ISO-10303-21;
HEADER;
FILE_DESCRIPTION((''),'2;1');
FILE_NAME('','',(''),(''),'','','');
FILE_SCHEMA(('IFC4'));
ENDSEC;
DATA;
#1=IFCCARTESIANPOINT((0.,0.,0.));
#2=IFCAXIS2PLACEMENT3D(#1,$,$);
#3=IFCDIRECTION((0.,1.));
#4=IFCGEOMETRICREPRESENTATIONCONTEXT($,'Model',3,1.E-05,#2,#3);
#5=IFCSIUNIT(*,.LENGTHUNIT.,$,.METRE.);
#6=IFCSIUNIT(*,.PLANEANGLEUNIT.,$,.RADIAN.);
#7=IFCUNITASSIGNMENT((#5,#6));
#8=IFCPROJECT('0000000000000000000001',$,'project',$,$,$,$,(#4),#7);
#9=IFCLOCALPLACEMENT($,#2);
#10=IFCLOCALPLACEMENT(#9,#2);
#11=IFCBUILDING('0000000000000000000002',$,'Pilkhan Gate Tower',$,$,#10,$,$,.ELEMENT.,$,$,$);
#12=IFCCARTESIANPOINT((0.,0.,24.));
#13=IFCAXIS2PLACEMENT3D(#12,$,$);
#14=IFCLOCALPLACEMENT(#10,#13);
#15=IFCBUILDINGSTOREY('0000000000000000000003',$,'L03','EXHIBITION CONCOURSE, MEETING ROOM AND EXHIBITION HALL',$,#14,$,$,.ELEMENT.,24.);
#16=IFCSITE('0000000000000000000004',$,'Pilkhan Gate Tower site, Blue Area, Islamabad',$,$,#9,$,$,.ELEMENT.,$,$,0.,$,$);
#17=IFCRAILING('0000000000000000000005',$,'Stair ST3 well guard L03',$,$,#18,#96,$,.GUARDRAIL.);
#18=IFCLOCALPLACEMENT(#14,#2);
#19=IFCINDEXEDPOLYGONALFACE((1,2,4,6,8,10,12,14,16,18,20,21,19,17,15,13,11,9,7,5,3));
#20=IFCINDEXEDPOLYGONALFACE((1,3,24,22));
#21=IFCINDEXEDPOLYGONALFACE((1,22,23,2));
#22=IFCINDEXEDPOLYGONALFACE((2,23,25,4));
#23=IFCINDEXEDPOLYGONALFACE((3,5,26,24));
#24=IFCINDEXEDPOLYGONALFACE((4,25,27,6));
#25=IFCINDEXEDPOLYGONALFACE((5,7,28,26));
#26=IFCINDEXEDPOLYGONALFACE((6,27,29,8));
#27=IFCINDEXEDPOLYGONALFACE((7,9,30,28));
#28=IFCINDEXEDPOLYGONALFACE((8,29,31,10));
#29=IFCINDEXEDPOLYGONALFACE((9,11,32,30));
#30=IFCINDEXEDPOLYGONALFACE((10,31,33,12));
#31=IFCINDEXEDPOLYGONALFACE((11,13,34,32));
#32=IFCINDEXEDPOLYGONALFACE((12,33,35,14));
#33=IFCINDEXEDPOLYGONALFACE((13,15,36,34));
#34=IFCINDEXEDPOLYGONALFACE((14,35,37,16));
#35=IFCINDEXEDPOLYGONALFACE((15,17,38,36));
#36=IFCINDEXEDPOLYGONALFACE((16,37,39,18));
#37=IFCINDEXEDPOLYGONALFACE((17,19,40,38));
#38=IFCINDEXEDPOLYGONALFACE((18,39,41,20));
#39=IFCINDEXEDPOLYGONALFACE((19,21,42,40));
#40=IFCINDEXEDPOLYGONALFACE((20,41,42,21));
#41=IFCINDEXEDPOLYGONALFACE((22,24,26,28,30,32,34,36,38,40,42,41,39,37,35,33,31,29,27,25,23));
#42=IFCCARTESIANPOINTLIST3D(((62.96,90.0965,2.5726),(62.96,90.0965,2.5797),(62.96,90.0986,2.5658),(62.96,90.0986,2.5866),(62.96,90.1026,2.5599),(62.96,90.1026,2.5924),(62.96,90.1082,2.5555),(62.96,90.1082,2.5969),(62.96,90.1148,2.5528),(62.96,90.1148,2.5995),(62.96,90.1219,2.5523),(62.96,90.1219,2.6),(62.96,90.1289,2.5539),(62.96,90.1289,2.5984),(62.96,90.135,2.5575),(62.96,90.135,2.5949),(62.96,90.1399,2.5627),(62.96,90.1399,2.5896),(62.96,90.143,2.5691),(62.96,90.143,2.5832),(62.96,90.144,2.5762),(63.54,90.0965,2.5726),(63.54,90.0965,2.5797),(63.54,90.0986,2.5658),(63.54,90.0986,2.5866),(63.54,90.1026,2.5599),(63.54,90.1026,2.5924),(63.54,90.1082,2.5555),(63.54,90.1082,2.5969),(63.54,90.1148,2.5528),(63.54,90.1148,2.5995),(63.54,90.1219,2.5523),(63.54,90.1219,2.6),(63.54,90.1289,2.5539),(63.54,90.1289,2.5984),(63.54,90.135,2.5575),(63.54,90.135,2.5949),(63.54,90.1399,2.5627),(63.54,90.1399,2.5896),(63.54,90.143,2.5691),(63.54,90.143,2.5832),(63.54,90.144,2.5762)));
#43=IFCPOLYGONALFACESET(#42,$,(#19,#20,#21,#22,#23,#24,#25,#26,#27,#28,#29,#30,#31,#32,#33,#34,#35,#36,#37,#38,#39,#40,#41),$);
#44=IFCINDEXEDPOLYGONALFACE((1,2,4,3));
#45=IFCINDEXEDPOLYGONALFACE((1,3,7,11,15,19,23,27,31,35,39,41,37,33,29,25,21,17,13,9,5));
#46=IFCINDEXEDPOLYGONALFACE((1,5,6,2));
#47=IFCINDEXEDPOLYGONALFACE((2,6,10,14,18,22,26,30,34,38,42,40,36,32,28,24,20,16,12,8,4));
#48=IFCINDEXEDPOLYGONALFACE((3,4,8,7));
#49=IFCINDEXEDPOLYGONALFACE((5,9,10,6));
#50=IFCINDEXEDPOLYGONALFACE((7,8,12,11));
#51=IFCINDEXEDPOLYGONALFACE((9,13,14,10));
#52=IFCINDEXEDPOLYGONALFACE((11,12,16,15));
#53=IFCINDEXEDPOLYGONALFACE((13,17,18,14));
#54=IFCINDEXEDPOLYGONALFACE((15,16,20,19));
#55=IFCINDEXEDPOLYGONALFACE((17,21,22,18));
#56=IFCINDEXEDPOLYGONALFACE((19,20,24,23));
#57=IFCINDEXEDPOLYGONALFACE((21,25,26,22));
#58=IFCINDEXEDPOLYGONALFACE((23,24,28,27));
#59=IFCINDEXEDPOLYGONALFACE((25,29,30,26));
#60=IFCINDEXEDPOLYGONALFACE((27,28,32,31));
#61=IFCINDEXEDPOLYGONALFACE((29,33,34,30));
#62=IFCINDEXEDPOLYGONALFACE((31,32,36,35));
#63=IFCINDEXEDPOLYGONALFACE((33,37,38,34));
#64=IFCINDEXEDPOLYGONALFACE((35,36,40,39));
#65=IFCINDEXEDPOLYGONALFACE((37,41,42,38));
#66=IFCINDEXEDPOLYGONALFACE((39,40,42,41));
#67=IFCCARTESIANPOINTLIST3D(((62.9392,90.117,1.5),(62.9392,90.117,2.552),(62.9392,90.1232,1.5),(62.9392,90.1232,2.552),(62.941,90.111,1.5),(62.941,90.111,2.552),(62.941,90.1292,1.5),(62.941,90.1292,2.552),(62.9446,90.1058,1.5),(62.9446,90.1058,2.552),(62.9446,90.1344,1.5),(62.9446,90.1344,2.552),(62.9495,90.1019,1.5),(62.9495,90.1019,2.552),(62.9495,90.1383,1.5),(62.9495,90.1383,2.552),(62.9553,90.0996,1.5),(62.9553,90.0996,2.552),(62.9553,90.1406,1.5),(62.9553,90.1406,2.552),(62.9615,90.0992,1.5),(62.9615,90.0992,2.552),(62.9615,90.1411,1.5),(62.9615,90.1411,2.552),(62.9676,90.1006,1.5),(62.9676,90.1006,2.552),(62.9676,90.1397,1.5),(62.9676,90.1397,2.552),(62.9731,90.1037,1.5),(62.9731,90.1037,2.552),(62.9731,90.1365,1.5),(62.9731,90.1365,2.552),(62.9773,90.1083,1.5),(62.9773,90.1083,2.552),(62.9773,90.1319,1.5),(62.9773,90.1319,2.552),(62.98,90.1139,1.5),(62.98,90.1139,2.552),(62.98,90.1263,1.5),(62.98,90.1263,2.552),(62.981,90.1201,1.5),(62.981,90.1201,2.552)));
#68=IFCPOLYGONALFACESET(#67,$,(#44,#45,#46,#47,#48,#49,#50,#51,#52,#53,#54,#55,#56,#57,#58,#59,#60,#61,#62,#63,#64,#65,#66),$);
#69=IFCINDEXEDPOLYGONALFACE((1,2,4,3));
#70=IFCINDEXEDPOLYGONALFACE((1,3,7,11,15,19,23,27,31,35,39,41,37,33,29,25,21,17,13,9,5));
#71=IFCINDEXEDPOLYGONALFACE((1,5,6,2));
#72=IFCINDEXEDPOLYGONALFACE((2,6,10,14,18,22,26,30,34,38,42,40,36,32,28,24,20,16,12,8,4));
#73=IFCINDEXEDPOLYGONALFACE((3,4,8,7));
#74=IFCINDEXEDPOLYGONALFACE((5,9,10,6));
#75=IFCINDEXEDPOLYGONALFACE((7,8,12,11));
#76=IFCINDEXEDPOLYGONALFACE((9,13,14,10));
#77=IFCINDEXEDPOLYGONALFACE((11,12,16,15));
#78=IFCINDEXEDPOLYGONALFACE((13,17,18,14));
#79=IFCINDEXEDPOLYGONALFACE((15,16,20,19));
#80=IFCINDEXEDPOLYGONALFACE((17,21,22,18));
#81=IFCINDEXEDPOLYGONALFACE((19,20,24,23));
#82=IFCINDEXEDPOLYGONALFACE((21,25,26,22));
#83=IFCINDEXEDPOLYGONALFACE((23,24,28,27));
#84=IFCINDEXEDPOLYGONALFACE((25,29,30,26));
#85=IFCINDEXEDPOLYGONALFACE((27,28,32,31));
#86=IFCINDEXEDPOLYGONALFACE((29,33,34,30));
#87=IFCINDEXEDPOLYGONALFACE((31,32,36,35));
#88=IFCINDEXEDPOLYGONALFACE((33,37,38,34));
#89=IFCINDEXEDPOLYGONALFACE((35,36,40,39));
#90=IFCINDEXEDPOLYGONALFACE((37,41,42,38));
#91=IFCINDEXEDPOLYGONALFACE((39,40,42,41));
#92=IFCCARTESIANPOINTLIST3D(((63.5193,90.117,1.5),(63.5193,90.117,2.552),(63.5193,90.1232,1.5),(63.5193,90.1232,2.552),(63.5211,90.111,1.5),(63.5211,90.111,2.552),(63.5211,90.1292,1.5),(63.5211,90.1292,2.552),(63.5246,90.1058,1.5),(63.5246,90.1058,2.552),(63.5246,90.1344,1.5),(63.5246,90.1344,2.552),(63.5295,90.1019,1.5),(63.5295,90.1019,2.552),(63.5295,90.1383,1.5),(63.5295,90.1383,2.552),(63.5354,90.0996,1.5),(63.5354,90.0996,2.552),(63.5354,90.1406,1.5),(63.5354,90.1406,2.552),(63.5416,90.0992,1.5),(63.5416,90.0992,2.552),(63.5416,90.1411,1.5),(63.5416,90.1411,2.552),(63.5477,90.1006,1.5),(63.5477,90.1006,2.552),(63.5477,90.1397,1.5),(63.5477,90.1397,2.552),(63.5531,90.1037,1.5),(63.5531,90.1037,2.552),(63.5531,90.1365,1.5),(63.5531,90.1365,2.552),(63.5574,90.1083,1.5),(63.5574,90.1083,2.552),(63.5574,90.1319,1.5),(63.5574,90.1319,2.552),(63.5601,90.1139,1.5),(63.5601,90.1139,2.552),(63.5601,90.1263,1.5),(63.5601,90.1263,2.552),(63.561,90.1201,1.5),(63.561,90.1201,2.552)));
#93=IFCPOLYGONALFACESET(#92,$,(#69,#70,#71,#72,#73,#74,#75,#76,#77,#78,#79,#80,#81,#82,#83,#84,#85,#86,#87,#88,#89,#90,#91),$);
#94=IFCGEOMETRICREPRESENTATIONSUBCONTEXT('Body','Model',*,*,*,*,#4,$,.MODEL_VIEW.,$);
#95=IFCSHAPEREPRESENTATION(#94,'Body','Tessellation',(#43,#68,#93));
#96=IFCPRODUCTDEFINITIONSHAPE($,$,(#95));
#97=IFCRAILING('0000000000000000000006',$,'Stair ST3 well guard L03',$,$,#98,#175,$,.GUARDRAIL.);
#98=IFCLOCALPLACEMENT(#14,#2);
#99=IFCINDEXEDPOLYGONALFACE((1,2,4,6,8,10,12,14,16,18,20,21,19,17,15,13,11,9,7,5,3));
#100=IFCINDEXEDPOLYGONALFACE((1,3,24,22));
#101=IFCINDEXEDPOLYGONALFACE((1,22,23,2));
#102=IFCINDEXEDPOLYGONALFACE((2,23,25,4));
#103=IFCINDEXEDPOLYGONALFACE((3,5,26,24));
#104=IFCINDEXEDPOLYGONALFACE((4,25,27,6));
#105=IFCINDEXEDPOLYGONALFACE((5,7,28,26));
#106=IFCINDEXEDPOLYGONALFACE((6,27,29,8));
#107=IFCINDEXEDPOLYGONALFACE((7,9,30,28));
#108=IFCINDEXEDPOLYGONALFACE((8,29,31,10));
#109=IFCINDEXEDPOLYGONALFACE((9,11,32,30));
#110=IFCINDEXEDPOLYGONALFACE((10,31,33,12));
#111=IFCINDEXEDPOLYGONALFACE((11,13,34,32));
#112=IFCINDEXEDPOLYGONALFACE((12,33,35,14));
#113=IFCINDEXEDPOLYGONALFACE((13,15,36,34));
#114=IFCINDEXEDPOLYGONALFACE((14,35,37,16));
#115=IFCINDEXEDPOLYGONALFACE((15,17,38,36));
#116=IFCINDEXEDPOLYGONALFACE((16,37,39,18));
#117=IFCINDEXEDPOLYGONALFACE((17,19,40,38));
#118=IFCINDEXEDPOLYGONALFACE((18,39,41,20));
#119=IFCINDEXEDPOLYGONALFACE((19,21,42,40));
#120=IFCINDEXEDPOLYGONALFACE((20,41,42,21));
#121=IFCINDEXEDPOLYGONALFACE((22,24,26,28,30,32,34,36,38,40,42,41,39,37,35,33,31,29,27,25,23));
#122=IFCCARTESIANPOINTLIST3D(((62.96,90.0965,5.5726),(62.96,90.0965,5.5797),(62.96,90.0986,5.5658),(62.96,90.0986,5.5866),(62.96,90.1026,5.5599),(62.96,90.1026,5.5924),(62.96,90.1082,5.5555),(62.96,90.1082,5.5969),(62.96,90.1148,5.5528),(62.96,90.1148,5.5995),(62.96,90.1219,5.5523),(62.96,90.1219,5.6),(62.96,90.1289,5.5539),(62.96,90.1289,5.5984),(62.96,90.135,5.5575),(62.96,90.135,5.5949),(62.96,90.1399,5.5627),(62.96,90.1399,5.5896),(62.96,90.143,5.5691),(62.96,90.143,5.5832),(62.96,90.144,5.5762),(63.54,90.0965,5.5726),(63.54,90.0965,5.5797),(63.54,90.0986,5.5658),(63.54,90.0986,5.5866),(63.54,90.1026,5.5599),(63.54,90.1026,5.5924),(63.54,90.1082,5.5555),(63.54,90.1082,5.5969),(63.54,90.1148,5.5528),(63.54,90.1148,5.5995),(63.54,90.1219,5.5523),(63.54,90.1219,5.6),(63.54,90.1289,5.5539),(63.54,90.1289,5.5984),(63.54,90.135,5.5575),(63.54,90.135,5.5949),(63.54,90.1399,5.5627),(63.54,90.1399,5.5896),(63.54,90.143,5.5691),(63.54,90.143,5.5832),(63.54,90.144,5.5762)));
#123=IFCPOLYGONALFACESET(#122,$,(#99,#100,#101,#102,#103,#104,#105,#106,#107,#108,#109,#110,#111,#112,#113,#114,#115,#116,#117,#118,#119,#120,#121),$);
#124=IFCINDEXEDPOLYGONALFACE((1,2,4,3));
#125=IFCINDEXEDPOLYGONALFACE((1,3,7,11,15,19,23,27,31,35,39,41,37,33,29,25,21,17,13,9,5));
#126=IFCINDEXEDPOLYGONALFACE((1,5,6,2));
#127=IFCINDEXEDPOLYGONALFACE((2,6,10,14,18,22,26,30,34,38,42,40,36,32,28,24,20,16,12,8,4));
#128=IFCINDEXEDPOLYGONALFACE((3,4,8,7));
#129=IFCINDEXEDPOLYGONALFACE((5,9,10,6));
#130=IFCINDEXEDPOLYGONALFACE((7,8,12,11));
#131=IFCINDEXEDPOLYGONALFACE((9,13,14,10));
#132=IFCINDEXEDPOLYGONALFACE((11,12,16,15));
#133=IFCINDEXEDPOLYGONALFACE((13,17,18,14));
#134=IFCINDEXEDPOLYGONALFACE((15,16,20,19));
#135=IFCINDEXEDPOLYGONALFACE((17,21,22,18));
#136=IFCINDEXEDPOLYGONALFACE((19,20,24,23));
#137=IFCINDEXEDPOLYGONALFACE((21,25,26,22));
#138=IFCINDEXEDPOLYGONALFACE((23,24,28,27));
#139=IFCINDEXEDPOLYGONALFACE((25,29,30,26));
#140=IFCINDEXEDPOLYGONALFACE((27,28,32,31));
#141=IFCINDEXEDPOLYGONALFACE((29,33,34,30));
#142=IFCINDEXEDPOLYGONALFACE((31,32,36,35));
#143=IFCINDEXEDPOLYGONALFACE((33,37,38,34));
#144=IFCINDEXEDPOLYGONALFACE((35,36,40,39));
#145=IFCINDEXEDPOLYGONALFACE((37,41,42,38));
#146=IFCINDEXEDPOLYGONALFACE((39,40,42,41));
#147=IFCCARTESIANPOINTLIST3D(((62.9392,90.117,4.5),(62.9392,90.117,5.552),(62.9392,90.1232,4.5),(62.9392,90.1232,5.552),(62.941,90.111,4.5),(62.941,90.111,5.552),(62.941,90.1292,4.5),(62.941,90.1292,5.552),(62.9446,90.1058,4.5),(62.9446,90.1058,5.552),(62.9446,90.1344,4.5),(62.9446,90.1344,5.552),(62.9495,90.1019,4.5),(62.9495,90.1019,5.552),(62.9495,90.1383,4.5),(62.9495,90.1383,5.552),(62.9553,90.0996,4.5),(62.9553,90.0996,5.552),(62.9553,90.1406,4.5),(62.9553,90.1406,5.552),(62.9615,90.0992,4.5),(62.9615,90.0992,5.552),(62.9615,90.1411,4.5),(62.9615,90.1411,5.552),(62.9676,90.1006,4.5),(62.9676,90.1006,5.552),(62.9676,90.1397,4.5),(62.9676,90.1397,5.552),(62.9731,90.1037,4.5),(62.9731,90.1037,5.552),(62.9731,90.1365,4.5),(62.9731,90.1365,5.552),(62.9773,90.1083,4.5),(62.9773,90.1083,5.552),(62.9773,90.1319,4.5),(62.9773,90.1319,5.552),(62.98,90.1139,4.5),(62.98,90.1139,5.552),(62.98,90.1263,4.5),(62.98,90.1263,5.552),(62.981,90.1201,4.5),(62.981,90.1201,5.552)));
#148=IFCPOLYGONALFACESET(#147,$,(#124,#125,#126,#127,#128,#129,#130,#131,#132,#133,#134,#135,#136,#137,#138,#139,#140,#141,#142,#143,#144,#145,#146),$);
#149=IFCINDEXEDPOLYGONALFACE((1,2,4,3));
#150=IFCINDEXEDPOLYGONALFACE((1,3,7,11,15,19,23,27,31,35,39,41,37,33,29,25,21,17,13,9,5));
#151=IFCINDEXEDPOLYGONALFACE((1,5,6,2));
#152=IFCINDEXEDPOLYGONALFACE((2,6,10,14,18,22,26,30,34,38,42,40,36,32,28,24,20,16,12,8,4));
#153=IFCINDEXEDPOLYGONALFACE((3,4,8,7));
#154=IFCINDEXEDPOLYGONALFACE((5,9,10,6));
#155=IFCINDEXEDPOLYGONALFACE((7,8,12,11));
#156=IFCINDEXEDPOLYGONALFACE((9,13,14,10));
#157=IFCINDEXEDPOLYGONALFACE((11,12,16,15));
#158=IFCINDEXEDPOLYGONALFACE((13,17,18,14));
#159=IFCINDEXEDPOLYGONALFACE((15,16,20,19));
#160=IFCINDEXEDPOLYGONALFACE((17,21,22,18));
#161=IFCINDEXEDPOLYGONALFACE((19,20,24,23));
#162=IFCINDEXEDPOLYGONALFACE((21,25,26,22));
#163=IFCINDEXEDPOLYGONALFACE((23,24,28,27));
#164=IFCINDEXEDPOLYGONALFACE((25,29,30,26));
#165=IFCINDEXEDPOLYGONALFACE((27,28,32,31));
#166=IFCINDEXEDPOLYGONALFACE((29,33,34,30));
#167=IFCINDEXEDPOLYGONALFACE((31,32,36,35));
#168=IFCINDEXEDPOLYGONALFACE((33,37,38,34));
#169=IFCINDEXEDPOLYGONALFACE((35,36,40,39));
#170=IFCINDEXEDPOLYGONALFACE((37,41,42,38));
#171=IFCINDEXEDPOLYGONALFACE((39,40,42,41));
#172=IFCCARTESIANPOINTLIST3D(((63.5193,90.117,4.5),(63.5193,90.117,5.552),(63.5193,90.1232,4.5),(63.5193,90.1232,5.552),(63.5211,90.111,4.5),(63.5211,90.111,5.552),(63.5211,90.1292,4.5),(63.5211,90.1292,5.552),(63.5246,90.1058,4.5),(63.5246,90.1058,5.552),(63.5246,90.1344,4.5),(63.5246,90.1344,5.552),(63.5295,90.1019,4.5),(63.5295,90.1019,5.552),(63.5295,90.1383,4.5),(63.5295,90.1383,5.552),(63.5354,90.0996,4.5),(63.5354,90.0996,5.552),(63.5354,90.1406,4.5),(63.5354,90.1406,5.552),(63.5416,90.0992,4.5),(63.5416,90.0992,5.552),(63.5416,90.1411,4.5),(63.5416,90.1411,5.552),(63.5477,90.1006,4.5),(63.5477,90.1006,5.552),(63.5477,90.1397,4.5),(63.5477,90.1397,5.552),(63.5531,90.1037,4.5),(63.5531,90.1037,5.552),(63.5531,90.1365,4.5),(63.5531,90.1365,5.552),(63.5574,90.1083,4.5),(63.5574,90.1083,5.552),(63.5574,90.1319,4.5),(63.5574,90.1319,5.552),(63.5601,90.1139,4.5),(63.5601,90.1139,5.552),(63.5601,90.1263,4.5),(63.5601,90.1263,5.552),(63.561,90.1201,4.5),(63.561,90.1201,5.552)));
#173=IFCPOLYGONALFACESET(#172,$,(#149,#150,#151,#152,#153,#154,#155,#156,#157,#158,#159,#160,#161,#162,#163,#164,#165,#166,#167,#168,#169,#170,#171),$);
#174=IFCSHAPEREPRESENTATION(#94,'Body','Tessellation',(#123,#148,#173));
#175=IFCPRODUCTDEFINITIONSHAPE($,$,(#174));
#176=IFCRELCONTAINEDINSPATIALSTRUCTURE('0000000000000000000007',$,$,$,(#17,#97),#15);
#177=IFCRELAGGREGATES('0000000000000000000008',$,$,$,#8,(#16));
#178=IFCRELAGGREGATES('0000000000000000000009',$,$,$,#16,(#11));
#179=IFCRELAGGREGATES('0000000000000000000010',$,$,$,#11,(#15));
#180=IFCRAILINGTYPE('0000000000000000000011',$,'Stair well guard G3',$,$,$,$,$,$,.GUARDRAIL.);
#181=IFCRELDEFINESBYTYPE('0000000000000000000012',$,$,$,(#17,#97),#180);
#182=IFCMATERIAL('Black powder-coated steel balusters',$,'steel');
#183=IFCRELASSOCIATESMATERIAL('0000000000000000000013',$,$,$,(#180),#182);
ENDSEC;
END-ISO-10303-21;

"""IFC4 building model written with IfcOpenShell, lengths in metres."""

from ifc_helpers import new_model, si_unit, direction, frame, origin, origin_2d, place, context, subcontext, project, spatial, circle, extrude, material, type_object, element, save


model = new_model("IFC4")

# Units and contexts
model_context = context("Model", 3, precision=1e-05, world=origin(), true_north=direction((0.0, 1.0)))
body_context = subcontext(model_context, "Body", "Model", "MODEL_VIEW")
ifc_project = project(units=[si_unit("LENGTHUNIT", "METRE"), si_unit("PLANEANGLEUNIT", "RADIAN")], contexts=[model_context])

# Site, building, storey
site_placement = place(None, origin())
site = spatial("IfcSite", under=ifc_project, at=site_placement, Name="Pilkhan Gate Tower site, Blue Area, Islamabad", CompositionType="ELEMENT", RefElevation=0.0)
building_placement = place(site_placement, origin())
building = spatial("IfcBuilding", under=site, at=building_placement, Name="Pilkhan Gate Tower", CompositionType="ELEMENT")
storey_placement = place(building_placement, frame((0.0, 0.0, 24.0)))
storey = spatial("IfcBuildingStorey", under=building, at=storey_placement, Name="L03", Description="EXHIBITION CONCOURSE, MEETING ROOM AND EXHIBITION HALL", CompositionType="ELEMENT", Elevation=24.0)

# Railings
ifc_material_1 = material(Name="Black powder-coated steel balusters", Category="steel")
railing_type_1 = type_object("IfcRailingType", Name="Stair well guard G3", PredefinedType="GUARDRAIL", material=ifc_material_1)
for number, where, name in (
    (1, (62.96, 90.1201, 1.5), "Stair ST3 well guard L03"),
    (2, (62.96, 90.1201, 4.5), "Stair ST3 well guard L03"),
):
    element("IfcRailing", number, at=place(storey_placement, frame(where)), inside=storey, type_object=railing_type_1, Name=name, PredefinedType="GUARDRAIL", context=body_context, shape_type="SweptSolid", body=[
        extrude(circle(Radius=0.0239, at=origin_2d()), frame((0.0, 0.0, 1.0762), z_axis=(1.0, 0.0, 0.0), x_axis=(0.0, 1.0, 0.0)), (0.0, 0.0, 1.0), 0.5801),
        extrude(circle(Radius=0.021, at=origin_2d()), origin(), (0.0, 0.0, 1.0), 1.052),
        extrude(circle(Radius=0.021, at=origin_2d()), frame((0.5801, 0.0, 0.0)), (0.0, 0.0, 1.0), 1.052),
    ])

save(model, "model.ifc")
